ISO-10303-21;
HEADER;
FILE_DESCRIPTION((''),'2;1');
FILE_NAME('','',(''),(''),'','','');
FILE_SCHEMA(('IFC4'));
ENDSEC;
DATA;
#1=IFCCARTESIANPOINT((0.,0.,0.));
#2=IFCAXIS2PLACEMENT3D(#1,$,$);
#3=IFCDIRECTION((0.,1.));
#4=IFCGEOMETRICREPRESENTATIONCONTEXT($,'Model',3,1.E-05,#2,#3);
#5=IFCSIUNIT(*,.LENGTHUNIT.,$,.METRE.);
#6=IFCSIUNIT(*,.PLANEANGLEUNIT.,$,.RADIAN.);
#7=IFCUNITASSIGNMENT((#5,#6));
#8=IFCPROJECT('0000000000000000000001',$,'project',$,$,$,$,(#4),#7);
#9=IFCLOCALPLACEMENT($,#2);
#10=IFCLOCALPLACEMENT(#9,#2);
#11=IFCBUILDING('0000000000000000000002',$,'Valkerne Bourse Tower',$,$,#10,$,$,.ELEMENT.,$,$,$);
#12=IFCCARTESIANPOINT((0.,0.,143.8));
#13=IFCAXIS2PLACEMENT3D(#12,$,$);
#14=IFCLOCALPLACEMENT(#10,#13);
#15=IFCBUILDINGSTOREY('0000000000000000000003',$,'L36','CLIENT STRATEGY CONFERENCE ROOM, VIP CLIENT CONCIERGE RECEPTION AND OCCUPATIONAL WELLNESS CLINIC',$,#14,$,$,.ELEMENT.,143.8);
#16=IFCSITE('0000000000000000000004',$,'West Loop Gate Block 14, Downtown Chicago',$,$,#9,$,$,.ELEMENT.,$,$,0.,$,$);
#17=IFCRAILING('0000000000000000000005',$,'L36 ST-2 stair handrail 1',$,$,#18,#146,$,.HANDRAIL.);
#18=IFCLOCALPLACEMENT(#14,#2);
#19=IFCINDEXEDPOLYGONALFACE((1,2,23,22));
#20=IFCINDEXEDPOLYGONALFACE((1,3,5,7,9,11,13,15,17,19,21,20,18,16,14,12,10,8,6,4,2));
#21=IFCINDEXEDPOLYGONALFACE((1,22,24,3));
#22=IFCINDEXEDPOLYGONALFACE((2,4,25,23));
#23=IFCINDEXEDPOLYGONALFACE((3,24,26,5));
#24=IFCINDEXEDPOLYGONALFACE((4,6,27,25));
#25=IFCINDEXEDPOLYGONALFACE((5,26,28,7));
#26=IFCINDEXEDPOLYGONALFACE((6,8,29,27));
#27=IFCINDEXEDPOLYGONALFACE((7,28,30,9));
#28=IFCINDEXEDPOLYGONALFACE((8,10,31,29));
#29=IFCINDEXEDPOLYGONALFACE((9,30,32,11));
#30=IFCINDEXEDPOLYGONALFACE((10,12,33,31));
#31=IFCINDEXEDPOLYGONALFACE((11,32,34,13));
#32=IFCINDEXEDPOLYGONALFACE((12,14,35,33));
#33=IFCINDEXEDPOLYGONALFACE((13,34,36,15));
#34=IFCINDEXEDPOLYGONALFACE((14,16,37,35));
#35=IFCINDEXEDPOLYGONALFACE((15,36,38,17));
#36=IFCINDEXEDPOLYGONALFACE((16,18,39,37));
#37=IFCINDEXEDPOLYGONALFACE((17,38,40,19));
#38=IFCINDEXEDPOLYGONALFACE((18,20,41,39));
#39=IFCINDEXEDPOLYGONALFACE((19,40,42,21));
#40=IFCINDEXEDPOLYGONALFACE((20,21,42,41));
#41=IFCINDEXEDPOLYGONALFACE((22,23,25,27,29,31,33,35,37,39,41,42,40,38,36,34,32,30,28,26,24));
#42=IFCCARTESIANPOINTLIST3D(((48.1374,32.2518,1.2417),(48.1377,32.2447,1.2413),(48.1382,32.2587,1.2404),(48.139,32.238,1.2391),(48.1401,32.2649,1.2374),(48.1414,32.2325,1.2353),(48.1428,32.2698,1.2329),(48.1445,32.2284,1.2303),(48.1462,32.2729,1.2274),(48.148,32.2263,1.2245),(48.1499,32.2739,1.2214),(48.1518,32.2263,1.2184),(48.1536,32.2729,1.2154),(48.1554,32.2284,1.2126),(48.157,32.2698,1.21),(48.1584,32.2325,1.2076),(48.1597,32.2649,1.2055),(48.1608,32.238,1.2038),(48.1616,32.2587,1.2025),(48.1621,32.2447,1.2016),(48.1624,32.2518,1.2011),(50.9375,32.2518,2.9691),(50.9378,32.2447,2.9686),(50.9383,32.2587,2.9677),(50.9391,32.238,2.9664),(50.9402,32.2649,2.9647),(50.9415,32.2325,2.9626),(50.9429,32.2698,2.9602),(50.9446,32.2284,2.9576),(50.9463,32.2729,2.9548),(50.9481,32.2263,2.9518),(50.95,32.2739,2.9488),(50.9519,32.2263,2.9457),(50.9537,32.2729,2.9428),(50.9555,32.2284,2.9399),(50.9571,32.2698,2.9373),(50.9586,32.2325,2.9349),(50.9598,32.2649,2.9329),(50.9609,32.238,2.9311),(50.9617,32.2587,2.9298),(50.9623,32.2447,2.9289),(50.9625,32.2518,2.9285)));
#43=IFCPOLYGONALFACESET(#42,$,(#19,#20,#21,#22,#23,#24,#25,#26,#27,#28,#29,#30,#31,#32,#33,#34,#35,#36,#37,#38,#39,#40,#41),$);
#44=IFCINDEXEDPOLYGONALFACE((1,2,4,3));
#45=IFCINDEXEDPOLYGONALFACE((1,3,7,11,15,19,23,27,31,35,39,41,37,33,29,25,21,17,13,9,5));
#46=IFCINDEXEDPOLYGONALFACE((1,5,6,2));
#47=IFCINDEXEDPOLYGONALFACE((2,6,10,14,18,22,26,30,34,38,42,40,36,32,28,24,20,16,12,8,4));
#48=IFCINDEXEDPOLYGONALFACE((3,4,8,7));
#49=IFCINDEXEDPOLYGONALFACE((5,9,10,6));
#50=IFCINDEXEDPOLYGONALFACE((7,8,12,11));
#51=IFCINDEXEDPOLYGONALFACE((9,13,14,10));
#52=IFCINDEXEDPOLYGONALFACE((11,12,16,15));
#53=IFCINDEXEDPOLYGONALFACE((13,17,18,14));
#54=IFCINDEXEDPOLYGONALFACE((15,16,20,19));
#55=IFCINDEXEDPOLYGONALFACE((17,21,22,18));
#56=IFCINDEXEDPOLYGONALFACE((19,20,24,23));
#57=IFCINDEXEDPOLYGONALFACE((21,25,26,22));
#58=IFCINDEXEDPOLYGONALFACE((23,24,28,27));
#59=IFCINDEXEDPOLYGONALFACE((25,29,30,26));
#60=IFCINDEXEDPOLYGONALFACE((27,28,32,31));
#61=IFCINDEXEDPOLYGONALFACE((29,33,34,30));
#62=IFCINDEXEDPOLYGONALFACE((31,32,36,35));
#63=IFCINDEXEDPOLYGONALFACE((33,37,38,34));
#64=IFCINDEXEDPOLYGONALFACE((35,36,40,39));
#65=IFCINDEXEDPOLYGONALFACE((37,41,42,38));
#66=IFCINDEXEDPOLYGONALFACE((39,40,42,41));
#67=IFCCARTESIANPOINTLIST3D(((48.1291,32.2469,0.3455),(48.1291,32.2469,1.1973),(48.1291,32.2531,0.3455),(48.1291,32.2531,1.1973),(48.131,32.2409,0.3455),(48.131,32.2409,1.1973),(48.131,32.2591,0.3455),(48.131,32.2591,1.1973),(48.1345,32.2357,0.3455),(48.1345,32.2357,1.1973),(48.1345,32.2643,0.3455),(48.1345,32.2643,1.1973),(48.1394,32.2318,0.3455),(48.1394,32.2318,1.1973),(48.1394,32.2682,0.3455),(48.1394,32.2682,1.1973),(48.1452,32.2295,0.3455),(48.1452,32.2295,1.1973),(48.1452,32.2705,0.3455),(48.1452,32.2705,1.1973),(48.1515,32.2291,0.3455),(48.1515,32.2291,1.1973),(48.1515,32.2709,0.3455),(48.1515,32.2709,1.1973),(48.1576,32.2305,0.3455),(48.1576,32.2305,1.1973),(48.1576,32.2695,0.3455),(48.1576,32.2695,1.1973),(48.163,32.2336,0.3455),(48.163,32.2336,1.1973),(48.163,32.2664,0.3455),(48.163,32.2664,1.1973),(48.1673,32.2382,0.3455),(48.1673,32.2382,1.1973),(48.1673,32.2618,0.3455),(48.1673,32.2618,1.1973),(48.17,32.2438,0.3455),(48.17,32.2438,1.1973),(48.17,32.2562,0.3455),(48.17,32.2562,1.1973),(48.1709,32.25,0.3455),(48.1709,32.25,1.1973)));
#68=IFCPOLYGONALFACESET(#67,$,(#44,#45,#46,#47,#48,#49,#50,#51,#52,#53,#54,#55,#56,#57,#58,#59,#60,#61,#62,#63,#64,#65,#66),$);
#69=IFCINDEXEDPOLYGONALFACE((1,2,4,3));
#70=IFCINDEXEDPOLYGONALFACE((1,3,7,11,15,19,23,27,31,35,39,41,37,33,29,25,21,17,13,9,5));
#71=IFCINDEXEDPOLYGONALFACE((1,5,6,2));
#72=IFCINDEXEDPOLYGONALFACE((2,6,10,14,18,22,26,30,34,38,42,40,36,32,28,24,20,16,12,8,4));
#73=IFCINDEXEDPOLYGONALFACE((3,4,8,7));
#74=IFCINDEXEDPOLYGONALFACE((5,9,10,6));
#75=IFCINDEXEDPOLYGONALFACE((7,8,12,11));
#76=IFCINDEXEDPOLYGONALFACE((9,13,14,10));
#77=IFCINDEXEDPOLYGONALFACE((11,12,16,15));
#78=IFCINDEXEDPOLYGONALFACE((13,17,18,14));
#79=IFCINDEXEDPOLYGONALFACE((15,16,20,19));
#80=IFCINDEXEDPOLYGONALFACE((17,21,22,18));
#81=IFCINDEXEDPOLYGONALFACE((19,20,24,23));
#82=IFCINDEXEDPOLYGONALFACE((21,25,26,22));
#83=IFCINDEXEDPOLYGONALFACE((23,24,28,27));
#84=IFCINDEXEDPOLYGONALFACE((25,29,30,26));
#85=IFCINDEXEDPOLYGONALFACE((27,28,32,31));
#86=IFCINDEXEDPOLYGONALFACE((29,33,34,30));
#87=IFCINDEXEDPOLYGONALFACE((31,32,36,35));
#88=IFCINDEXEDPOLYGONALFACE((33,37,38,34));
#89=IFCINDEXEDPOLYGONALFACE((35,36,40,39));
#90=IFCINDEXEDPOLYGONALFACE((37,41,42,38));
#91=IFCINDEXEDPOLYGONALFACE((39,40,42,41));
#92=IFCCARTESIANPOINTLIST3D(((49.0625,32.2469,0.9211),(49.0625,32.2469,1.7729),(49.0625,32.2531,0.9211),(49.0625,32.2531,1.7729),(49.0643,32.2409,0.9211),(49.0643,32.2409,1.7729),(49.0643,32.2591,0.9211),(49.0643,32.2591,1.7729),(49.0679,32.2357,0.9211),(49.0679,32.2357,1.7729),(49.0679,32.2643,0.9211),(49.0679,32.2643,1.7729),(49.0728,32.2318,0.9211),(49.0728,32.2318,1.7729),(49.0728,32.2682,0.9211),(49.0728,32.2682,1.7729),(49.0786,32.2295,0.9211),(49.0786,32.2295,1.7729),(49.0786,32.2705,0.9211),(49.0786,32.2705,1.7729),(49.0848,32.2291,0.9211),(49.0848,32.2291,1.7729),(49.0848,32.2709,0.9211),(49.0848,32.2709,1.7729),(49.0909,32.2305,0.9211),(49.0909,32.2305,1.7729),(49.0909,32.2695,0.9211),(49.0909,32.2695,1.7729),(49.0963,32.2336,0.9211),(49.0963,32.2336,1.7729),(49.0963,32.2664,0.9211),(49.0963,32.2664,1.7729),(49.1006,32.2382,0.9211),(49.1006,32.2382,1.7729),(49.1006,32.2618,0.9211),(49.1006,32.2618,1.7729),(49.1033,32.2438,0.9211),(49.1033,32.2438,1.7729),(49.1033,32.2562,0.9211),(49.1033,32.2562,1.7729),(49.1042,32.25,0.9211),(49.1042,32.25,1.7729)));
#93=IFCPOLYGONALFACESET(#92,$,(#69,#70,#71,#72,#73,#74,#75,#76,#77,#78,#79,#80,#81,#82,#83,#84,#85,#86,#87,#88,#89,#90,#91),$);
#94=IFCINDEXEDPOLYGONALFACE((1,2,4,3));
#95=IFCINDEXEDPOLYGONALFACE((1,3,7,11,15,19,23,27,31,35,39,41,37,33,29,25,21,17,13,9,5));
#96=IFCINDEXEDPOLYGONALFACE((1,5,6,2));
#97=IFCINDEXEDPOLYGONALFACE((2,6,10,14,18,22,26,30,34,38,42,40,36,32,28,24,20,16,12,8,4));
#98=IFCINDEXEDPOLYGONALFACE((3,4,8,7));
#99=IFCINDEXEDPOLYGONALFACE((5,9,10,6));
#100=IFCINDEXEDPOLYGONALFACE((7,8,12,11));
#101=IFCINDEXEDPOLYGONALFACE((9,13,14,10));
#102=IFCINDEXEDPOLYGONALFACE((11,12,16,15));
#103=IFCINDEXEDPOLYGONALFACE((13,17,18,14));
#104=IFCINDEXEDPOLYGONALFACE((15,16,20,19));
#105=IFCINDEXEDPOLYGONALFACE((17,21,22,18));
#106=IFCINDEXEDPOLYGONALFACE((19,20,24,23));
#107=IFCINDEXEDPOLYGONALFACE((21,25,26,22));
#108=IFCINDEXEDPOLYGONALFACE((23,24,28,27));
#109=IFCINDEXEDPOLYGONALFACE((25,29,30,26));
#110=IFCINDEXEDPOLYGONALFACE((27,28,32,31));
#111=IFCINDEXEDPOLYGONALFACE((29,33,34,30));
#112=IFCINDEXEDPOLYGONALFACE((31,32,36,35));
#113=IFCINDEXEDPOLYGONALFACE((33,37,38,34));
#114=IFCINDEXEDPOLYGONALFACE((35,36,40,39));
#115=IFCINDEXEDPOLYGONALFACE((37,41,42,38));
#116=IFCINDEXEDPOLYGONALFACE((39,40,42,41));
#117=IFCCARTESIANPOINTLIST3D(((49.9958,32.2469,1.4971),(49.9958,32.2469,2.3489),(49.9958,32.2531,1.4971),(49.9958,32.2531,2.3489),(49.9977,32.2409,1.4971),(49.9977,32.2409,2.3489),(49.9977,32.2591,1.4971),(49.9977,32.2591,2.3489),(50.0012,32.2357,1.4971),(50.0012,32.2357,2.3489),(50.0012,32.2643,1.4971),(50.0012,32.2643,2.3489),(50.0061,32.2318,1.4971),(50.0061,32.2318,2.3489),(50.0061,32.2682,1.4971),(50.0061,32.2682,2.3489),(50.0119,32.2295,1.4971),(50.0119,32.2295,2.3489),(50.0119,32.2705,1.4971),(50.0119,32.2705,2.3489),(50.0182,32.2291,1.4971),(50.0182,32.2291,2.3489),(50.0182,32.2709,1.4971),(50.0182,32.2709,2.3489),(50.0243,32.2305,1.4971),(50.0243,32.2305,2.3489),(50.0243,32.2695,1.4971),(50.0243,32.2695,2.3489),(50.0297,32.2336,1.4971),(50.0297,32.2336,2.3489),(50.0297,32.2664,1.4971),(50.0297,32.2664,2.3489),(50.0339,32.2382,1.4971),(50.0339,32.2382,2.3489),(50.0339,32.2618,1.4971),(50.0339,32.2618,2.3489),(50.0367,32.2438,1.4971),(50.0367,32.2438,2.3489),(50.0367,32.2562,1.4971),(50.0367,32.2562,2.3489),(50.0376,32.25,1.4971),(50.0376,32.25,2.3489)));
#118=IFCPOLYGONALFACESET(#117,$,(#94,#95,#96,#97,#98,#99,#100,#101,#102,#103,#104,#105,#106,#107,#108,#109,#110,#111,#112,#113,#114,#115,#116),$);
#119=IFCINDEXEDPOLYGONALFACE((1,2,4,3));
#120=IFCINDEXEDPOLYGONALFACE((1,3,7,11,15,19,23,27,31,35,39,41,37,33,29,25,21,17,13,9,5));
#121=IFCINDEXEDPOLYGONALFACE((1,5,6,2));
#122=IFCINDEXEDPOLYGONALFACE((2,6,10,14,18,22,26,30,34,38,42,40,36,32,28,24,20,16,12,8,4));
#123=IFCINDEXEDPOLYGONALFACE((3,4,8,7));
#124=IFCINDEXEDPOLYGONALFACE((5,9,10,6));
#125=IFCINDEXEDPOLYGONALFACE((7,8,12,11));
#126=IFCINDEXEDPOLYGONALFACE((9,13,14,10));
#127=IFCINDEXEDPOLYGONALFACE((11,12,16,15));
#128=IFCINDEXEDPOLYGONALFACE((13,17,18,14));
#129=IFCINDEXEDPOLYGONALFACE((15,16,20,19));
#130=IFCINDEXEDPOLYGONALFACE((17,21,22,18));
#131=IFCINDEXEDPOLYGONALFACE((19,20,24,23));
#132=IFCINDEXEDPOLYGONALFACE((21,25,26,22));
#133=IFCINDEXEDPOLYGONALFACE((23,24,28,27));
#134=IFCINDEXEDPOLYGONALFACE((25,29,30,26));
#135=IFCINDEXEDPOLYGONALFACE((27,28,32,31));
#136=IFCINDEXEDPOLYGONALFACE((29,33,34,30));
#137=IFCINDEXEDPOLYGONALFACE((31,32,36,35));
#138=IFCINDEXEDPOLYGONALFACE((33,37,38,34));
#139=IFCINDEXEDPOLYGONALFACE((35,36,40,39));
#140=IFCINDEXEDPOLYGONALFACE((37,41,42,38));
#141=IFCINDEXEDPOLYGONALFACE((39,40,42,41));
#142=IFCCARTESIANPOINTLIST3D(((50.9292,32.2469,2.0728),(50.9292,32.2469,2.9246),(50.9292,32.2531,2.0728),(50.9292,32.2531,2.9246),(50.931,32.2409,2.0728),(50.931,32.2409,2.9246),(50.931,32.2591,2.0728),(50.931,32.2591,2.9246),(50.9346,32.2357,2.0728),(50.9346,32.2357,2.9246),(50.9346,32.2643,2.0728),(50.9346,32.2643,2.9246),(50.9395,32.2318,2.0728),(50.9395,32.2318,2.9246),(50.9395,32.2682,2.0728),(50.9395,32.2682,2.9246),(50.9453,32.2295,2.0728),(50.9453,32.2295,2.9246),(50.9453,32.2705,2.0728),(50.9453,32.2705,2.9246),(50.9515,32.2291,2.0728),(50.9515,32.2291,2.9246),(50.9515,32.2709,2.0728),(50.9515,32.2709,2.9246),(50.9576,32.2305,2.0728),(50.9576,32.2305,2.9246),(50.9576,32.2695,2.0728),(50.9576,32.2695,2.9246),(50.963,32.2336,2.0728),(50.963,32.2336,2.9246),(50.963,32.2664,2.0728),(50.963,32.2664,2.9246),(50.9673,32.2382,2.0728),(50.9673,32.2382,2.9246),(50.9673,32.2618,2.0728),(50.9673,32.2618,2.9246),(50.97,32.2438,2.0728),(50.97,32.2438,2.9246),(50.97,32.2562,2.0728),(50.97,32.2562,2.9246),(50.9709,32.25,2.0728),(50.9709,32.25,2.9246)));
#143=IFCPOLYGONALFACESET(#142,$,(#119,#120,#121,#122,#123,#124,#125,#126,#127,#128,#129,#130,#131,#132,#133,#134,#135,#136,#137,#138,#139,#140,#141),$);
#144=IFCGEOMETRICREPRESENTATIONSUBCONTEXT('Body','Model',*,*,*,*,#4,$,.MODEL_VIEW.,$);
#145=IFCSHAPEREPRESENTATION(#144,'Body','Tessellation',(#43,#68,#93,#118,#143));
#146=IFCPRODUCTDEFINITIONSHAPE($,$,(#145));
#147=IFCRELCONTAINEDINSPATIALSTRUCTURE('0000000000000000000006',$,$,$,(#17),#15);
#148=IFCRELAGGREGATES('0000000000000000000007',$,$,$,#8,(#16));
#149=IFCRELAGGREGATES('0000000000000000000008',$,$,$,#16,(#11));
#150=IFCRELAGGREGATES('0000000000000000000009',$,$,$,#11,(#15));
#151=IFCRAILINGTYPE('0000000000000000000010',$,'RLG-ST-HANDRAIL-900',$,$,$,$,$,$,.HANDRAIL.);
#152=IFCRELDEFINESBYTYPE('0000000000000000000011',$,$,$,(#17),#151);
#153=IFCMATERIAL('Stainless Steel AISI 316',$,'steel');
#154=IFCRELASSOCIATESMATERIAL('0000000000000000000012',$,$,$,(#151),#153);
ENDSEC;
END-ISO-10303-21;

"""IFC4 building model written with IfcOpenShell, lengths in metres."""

from ifc_helpers import new_model, si_unit, direction, frame, origin, origin_2d, place, context, subcontext, project, spatial, circle, extrude, material, type_object, element, save


model = new_model("IFC4")

# Units and contexts
model_context = context("Model", 3, precision=1e-05, world=origin(), true_north=direction((0.0, 1.0)))
body_context = subcontext(model_context, "Body", "Model", "MODEL_VIEW")
ifc_project = project(units=[si_unit("LENGTHUNIT", "METRE"), si_unit("PLANEANGLEUNIT", "RADIAN")], contexts=[model_context])

# Site, building, storey
site_placement = place(None, origin())
site = spatial("IfcSite", under=ifc_project, at=site_placement, Name="West Loop Gate Block 14, Downtown Chicago", CompositionType="ELEMENT", RefElevation=0.0)
building_placement = place(site_placement, origin())
building = spatial("IfcBuilding", under=site, at=building_placement, Name="Valkerne Bourse Tower", CompositionType="ELEMENT")
storey_placement = place(building_placement, frame((0.0, 0.0, 143.8)))
storey = spatial("IfcBuildingStorey", under=building, at=storey_placement, Name="L36", Description="CLIENT STRATEGY CONFERENCE ROOM, VIP CLIENT CONCIERGE RECEPTION AND OCCUPATIONAL WELLNESS CLINIC", CompositionType="ELEMENT", Elevation=143.8)

# Shared definitions
ifc_material_1 = material(Name="Stainless Steel AISI 316", Category="steel")

# Railing
railing_type_1 = type_object("IfcRailingType", Name="RLG-ST-HANDRAIL-900", PredefinedType="HANDRAIL", material=ifc_material_1)
railing_1_placement = place(storey_placement, frame((48.1499, 32.25, 0.3455)))
element("IfcRailing", 1, at=railing_1_placement, inside=storey, type_object=railing_type_1, Name="L36 ST-2 stair handrail 1", PredefinedType="HANDRAIL", context=body_context, shape_type="SweptSolid", body=[
    extrude(circle(Radius=0.0239, at=origin_2d()), frame((0.0, 0.0, 0.876), z_axis=(0.85109, 0.0, 0.52502), x_axis=(0.0, 1.0, 0.0)), (0.0, 0.0, 1.0), 3.29),
    extrude(circle(Radius=0.021, at=origin_2d()), origin(), (0.0, 0.0, 1.0), 0.8518),
    extrude(circle(Radius=0.021, at=origin_2d()), frame((0.9333, 0.0, 0.5757)), (0.0, 0.0, 1.0), 0.8518),
    extrude(circle(Radius=0.021, at=origin_2d()), frame((1.8667, 0.0, 1.1516)), (0.0, 0.0, 1.0), 0.8518),
    extrude(circle(Radius=0.021, at=origin_2d()), frame((2.8, 0.0, 1.7273)), (0.0, 0.0, 1.0), 0.8518),
])

save(model, "model.ifc")
